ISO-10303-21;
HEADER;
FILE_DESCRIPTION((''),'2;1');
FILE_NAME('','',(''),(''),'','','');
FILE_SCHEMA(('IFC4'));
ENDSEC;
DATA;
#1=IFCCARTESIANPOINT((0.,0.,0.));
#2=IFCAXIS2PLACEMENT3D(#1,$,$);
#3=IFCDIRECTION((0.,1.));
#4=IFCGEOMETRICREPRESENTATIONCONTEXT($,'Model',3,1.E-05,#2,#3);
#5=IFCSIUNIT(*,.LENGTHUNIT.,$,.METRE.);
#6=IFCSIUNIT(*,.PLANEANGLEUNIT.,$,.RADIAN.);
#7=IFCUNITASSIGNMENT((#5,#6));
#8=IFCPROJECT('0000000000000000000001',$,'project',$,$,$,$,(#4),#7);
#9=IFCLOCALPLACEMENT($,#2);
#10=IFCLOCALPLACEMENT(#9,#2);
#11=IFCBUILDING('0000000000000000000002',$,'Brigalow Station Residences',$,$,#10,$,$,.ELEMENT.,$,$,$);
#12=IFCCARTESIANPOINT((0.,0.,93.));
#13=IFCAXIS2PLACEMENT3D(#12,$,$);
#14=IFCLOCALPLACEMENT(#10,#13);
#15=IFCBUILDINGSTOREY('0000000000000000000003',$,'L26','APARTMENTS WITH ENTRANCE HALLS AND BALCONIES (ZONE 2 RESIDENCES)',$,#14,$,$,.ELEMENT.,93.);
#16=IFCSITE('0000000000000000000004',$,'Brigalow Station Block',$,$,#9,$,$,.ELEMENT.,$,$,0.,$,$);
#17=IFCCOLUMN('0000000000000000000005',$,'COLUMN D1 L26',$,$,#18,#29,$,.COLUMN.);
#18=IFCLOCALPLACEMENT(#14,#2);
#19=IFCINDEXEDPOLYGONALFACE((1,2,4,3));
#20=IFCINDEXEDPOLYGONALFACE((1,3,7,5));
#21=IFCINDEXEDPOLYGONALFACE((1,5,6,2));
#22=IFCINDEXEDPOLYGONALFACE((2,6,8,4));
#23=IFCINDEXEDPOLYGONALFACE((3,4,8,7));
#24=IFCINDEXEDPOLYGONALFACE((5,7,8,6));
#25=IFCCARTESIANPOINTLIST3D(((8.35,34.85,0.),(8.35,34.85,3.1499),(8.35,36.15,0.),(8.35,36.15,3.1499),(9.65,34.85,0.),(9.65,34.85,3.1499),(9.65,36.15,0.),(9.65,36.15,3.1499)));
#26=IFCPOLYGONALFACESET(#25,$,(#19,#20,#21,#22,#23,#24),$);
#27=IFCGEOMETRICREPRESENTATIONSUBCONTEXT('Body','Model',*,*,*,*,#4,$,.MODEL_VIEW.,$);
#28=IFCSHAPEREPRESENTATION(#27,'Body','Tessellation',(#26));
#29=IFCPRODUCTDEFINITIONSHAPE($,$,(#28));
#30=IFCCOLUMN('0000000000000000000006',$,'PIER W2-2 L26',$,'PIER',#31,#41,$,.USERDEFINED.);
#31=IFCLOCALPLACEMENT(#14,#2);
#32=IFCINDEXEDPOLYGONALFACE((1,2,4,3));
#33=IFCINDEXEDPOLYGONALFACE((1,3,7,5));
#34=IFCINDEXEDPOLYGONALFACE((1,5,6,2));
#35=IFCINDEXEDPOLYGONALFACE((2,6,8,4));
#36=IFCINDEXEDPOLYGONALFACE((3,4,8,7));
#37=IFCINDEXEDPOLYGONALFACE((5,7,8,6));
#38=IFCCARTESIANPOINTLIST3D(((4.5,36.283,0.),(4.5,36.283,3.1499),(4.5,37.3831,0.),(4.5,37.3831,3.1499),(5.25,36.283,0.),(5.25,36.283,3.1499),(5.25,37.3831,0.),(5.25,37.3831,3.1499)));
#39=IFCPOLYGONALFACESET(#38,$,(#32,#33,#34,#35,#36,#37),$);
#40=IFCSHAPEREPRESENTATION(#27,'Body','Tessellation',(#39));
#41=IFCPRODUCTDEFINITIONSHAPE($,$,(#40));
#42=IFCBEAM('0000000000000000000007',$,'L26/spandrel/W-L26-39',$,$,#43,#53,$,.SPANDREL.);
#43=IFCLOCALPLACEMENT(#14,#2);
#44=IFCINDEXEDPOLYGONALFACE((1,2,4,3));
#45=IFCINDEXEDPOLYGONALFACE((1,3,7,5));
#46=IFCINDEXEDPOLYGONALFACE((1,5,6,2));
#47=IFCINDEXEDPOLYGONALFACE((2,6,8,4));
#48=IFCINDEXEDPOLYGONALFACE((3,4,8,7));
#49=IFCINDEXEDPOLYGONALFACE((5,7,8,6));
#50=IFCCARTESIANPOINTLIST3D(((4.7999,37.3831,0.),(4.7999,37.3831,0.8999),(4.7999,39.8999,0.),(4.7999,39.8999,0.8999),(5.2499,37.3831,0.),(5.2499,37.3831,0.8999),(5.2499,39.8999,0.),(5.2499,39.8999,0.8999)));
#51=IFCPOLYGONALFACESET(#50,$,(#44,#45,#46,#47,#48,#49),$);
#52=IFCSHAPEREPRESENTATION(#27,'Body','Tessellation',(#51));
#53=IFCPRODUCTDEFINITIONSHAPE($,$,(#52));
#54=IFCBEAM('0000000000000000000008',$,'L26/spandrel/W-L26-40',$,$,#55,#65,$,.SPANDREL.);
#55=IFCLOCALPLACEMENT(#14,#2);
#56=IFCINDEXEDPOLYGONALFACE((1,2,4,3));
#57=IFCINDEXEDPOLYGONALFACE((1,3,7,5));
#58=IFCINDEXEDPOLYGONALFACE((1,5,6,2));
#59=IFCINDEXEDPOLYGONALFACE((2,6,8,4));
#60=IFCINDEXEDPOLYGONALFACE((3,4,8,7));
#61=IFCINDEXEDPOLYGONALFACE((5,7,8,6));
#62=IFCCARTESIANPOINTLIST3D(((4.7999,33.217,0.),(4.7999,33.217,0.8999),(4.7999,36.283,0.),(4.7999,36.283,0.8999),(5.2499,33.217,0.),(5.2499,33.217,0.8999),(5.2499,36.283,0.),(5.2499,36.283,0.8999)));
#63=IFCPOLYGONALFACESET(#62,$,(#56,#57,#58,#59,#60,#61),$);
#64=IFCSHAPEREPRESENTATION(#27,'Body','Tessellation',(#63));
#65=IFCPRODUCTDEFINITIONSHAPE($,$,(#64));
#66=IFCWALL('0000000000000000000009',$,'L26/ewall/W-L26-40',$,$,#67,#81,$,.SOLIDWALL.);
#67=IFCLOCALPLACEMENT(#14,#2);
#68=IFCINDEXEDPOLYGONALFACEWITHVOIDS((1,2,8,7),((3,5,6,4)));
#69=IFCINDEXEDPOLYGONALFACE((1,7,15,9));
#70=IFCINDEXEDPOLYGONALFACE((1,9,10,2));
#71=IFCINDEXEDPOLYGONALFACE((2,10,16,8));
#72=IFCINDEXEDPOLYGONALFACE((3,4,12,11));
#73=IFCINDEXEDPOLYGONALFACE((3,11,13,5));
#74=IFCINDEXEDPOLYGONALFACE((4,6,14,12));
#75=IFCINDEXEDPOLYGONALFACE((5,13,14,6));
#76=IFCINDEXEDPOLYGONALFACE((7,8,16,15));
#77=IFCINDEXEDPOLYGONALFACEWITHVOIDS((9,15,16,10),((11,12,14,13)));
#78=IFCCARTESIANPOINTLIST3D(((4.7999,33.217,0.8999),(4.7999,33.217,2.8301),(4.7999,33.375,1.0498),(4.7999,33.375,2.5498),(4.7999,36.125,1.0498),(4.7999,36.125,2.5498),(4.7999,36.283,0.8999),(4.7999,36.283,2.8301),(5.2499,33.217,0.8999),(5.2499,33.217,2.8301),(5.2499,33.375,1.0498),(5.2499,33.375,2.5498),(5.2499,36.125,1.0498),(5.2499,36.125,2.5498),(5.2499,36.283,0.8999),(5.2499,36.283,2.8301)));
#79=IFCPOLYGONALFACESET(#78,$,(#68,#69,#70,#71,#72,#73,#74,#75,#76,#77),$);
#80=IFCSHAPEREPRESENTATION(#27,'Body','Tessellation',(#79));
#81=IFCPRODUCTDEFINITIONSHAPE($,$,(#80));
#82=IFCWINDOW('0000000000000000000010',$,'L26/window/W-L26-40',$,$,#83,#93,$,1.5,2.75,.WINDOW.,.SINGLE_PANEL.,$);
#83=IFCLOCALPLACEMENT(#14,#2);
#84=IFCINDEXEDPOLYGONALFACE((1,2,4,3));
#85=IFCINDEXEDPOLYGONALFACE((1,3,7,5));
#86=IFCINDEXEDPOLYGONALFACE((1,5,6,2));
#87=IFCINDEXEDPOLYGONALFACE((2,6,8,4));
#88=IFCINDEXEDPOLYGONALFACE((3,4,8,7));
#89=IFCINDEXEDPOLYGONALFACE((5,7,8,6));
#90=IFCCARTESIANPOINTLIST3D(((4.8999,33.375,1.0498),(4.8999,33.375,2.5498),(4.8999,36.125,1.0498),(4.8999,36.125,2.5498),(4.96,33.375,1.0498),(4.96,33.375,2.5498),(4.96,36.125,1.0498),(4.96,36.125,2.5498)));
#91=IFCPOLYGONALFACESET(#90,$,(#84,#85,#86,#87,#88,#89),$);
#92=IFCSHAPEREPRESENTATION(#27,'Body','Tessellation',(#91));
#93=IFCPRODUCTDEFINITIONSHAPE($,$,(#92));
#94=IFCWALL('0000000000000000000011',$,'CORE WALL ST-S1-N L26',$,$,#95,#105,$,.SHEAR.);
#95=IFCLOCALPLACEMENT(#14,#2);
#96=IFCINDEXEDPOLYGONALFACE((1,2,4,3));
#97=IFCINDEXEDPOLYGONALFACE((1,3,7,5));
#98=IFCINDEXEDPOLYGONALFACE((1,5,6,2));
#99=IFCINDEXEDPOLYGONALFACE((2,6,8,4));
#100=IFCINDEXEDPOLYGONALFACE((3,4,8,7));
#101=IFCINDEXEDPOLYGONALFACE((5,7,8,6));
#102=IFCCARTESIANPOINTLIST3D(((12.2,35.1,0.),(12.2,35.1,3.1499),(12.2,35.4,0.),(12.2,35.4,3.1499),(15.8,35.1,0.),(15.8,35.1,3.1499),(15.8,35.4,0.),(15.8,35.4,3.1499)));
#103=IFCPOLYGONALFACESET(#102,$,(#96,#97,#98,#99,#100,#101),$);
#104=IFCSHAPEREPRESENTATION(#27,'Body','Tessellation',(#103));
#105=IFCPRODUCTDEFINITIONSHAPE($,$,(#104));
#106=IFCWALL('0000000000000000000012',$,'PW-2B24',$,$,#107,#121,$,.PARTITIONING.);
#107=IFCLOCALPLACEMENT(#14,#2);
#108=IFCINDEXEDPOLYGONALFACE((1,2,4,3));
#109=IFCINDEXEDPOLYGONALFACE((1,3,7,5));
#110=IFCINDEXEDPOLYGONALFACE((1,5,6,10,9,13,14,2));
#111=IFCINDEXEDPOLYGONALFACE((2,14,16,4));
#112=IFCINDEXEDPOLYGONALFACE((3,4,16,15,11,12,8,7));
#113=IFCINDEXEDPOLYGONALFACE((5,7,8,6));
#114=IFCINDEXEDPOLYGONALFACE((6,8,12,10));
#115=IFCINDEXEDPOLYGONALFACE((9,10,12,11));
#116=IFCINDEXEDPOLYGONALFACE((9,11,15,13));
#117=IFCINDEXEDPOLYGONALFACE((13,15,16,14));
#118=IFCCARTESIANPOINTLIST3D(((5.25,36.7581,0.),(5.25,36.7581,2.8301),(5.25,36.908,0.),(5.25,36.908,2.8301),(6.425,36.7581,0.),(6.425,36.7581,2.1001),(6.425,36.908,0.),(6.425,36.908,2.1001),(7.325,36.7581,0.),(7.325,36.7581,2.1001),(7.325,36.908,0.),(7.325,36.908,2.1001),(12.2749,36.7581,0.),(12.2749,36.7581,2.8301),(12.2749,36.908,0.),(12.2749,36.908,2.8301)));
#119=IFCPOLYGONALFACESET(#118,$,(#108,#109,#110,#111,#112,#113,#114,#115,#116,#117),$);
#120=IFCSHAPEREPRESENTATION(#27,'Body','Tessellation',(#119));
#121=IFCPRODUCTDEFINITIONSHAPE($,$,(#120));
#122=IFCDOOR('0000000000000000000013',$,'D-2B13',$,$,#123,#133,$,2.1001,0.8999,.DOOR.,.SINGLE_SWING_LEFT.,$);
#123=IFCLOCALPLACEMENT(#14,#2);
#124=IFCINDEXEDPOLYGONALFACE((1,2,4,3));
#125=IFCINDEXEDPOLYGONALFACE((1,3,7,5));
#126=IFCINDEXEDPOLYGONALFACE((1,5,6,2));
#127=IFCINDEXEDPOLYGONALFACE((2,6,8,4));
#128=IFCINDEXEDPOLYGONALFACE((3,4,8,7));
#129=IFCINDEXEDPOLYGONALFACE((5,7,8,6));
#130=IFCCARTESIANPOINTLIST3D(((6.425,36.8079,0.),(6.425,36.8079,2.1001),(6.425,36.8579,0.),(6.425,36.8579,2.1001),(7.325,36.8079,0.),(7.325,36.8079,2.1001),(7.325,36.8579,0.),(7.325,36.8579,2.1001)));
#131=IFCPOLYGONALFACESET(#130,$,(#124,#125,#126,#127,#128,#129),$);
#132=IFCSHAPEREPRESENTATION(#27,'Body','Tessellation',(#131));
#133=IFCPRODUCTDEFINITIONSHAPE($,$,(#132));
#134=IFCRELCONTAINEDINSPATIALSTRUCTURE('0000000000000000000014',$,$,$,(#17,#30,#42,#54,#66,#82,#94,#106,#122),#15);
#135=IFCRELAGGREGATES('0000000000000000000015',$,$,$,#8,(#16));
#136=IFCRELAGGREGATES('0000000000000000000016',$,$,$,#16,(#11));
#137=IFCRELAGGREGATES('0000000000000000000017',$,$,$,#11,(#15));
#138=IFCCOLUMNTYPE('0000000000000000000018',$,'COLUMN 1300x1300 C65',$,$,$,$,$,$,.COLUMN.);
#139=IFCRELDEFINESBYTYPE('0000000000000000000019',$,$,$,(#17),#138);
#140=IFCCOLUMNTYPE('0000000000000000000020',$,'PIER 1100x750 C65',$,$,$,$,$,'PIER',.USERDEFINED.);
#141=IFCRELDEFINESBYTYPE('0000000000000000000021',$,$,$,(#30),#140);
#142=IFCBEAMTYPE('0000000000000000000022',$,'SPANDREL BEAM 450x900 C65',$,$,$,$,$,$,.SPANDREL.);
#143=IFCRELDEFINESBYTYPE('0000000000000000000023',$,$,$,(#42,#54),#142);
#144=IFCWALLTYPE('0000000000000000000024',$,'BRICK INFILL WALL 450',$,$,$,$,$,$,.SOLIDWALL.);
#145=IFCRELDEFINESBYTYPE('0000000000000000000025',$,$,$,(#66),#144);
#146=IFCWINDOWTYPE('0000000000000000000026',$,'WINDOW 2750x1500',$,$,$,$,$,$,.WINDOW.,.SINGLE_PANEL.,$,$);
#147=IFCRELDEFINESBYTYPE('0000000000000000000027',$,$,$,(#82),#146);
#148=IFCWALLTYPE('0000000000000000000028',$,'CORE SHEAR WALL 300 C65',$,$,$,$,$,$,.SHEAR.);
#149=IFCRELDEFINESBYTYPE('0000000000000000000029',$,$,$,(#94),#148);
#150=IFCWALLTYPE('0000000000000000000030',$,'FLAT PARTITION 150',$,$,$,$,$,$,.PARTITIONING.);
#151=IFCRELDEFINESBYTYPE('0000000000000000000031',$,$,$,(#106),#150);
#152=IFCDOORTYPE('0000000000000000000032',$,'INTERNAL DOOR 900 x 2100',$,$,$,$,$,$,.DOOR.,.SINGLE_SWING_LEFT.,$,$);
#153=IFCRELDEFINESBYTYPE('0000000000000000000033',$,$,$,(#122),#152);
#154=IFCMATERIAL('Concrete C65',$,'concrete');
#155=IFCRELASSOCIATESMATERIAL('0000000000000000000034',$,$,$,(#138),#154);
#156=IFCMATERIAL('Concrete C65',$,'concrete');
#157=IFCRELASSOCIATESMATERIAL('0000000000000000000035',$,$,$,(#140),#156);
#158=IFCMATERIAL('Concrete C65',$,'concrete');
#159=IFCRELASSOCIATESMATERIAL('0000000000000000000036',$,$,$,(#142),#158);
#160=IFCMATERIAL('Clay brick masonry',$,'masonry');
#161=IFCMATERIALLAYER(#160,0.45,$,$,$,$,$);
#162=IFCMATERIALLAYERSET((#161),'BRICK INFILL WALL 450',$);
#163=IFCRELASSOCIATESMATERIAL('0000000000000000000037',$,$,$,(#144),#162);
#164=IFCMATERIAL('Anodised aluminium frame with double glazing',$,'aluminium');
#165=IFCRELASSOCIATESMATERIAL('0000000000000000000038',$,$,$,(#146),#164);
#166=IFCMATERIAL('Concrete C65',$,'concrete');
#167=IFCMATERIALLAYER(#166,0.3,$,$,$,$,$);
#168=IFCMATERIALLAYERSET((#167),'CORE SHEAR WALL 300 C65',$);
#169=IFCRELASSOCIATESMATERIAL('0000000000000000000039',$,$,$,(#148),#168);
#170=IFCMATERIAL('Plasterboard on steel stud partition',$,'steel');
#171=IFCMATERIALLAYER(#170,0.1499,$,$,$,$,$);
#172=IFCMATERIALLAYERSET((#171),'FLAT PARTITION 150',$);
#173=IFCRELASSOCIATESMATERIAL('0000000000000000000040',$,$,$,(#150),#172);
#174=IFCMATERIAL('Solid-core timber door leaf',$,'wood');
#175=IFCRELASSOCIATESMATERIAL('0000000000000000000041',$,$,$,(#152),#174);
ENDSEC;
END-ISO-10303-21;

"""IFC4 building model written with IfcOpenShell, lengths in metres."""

from ifc_helpers import new_model, si_unit, direction, frame, frame_2d, origin, origin_2d, place, context, subcontext, project, spatial, rectangle, extrude, material, layer, layer_set, material_profile, profile_set, type_object, element, fill, save


model = new_model("IFC4")

# Units and contexts
model_context = context("Model", 3, precision=1e-05, world=origin(), true_north=direction((0.0, 1.0)))
body_context = subcontext(model_context, "Body", "Model", "MODEL_VIEW")
ifc_project = project(units=[si_unit("LENGTHUNIT", "METRE"), si_unit("PLANEANGLEUNIT", "RADIAN")], contexts=[model_context])

# Site, building, storey
site_placement = place(None, origin())
site = spatial("IfcSite", under=ifc_project, at=site_placement, Name="Brigalow Station Block", CompositionType="ELEMENT", RefElevation=0.0)
building_placement = place(site_placement, origin())
building = spatial("IfcBuilding", under=site, at=building_placement, Name="Brigalow Station Residences", CompositionType="ELEMENT")
storey_placement = place(building_placement, frame((0.0, 0.0, 93.0)))
storey = spatial("IfcBuildingStorey", under=building, at=storey_placement, Name="L26", Description="APARTMENTS WITH ENTRANCE HALLS AND BALCONIES (ZONE 2 RESIDENCES)", CompositionType="ELEMENT", Elevation=93.0)

# Columns
ifc_material_1 = material(Name="Concrete C65", Category="concrete")
ifc_material_profile_1 = material_profile(ifc_material_1, rectangle(XDim=1.3, YDim=1.3, at=origin_2d()), Name="RC1300x1300")
ifc_profile_set_1 = profile_set([ifc_material_profile_1], Name="Concrete C65")
column_type_1 = type_object("IfcColumnType", Name="COLUMN 1300x1300 C65", PredefinedType="COLUMN", material=ifc_profile_set_1)
column_1_placement = place(storey_placement, frame((9.0, 35.5, 0.0), z_axis=(0.0, 0.0, 1.0), x_axis=(1.0, 0.0, 0.0)))
element("IfcColumn", 1, at=column_1_placement, inside=storey, type_object=column_type_1, Name="COLUMN D1 L26", PredefinedType="COLUMN", context=body_context, shape_type="SweptSolid", body=[
    extrude(rectangle(XDim=1.3, YDim=1.3, at=origin_2d()), origin(), (0.0, 0.0, 1.0), 3.1499),
])
ifc_material_2 = material(Name="Concrete C65", Category="concrete")
ifc_material_profile_2 = material_profile(ifc_material_2, rectangle(XDim=1.1001, YDim=0.75, at=origin_2d()), Name="RC1100x750")
ifc_profile_set_2 = profile_set([ifc_material_profile_2], Name="Concrete C65")
column_type_2 = type_object("IfcColumnType", Name="PIER 1100x750 C65", ElementType="PIER", PredefinedType="USERDEFINED", material=ifc_profile_set_2)
column_2_placement = place(storey_placement, frame((4.875, 36.833, 0.0), z_axis=(0.0, 0.0, 1.0), x_axis=(0.0, -1.0, 0.0)))
element("IfcColumn", 2, at=column_2_placement, inside=storey, type_object=column_type_2, Name="PIER W2-2 L26", ObjectType="PIER", PredefinedType="USERDEFINED", context=body_context, shape_type="SweptSolid", body=[
    extrude(rectangle(XDim=1.1001, YDim=0.75, at=origin_2d()), origin(), (0.0, 0.0, 1.0), 3.1499),
])

# Beams
ifc_material_3 = material(Name="Concrete C65", Category="concrete")
ifc_material_profile_3 = material_profile(ifc_material_3, rectangle(XDim=0.45, YDim=0.8999, at=origin_2d()), Name="RC450x900")
ifc_profile_set_3 = profile_set([ifc_material_profile_3], Name="Concrete C65")
beam_type = type_object("IfcBeamType", Name="SPANDREL BEAM 450x900 C65", PredefinedType="SPANDREL", material=ifc_profile_set_3)
beam_1_placement = place(storey_placement, frame((5.0249, 39.8999, 0.45), z_axis=(0.0, -1.0, 0.0), x_axis=(1.0, 0.0, 0.0)))
element("IfcBeam", 3, at=beam_1_placement, inside=storey, type_object=beam_type, Name="L26/spandrel/W-L26-39", PredefinedType="SPANDREL", context=body_context, shape_type="SweptSolid", body=[
    extrude(rectangle(XDim=0.45, YDim=0.8999, at=origin_2d()), origin(), (0.0, 0.0, 1.0), 2.5168),
])
beam_2_placement = place(storey_placement, frame((5.0249, 36.283, 0.45), z_axis=(0.0, -1.0, 0.0), x_axis=(1.0, 0.0, 0.0)))
element("IfcBeam", 4, at=beam_2_placement, inside=storey, type_object=beam_type, Name="L26/spandrel/W-L26-40", PredefinedType="SPANDREL", context=body_context, shape_type="SweptSolid", body=[
    extrude(rectangle(XDim=0.45, YDim=0.8999, at=origin_2d()), origin(), (0.0, 0.0, 1.0), 3.0659),
])

# Wall, opening, window
ifc_material_4 = material(Name="Clay brick masonry", Category="masonry")
ifc_layer_1 = layer(ifc_material_4, 0.45)
ifc_layer_set_1 = layer_set([ifc_layer_1], Name="BRICK INFILL WALL 450")
wall_type_1 = type_object("IfcWallType", Name="BRICK INFILL WALL 450", PredefinedType="SOLIDWALL", material=ifc_layer_set_1)
wall_1_placement = place(storey_placement, frame((5.0249, 36.283, 0.8999), z_axis=(0.0, 0.0, 1.0), x_axis=(0.0, -1.0, 0.0)))
wall_1 = element("IfcWall", 5, at=wall_1_placement, inside=storey, type_object=wall_type_1, Name="L26/ewall/W-L26-40", PredefinedType="SOLIDWALL", context=body_context, shape_type="SweptSolid", body=[
    extrude(rectangle(XDim=3.0659, YDim=0.45, at=frame_2d((1.533, 0.0))), origin(), (0.0, 0.0, 1.0), 1.9302),
])
opening_1_placement = place(wall_1_placement, frame((0.158, 0.0, 0.1499)))
opening_1 = element("IfcOpeningElement", 6, at=opening_1_placement, cuts=wall_1, PredefinedType="OPENING", context=body_context, shape_type="SweptSolid", body=[
    extrude(rectangle(XDim=2.75, YDim=1.5, at=frame_2d((1.375, 0.75))), frame((0.0, 0.2349, 0.0), z_axis=(0.0, -1.0, 0.0), x_axis=(1.0, 0.0, 0.0)), (0.0, 0.0, 1.0), 0.47),
])
ifc_material_5 = material(Name="Anodised aluminium frame with double glazing", Category="aluminium")
window_type = type_object("IfcWindowType", Name="WINDOW 2750x1500", PartitioningType="SINGLE_PANEL", PredefinedType="WINDOW", material=ifc_material_5)
window_placement = place(opening_1_placement, origin())
window = element("IfcWindow", 7, at=window_placement, inside=storey, type_object=window_type, Name="L26/window/W-L26-40", OverallHeight=1.5, OverallWidth=2.75, PartitioningType="SINGLE_PANEL", PredefinedType="WINDOW", context=body_context, shape_type="SweptSolid", body=[
    extrude(rectangle(XDim=2.75, YDim=1.5, at=frame_2d((1.375, 0.75))), frame((0.0, -0.0649, 0.0), z_axis=(0.0, -1.0, 0.0), x_axis=(1.0, 0.0, 0.0)), (0.0, 0.0, 1.0), 0.0601),
])
fill(opening_1, window)

# Wall
ifc_material_6 = material(Name="Concrete C65", Category="concrete")
ifc_layer_2 = layer(ifc_material_6, 0.3)
ifc_layer_set_2 = layer_set([ifc_layer_2], Name="CORE SHEAR WALL 300 C65")
wall_type_2 = type_object("IfcWallType", Name="CORE SHEAR WALL 300 C65", PredefinedType="SHEAR", material=ifc_layer_set_2)
wall_2_placement = place(storey_placement, frame((12.2, 35.25, 0.0), z_axis=(0.0, 0.0, 1.0), x_axis=(1.0, 0.0, 0.0)))
element("IfcWall", 8, at=wall_2_placement, inside=storey, type_object=wall_type_2, Name="CORE WALL ST-S1-N L26", PredefinedType="SHEAR", context=body_context, shape_type="SweptSolid", body=[
    extrude(rectangle(XDim=3.6001, YDim=0.3, at=frame_2d((1.8, 0.0))), origin(), (0.0, 0.0, 1.0), 3.1499),
])

# Wall, opening, door
ifc_material_7 = material(Name="Plasterboard on steel stud partition", Category="steel")
ifc_layer_3 = layer(ifc_material_7, 0.1499)
ifc_layer_set_3 = layer_set([ifc_layer_3], Name="FLAT PARTITION 150")
wall_type_3 = type_object("IfcWallType", Name="FLAT PARTITION 150", PredefinedType="PARTITIONING", material=ifc_layer_set_3)
wall_3_placement = place(storey_placement, frame((5.25, 36.833, 0.0), z_axis=(0.0, 0.0, 1.0), x_axis=(1.0, 0.0, 0.0)))
wall_3 = element("IfcWall", 9, at=wall_3_placement, inside=storey, type_object=wall_type_3, Name="PW-2B24", PredefinedType="PARTITIONING", context=body_context, shape_type="SweptSolid", body=[
    extrude(rectangle(XDim=7.0249, YDim=0.1499, at=frame_2d((3.5125, 0.0))), origin(), (0.0, 0.0, 1.0), 2.8301),
])
opening_2_placement = place(wall_3_placement, frame((1.175, 0.0, 0.0)))
opening_2 = element("IfcOpeningElement", 10, at=opening_2_placement, cuts=wall_3, PredefinedType="OPENING", context=body_context, shape_type="SweptSolid", body=[
    extrude(rectangle(XDim=0.8999, YDim=2.1001, at=frame_2d((0.45, 1.05))), frame((0.0, 0.085, 0.0), z_axis=(0.0, -1.0, 0.0), x_axis=(1.0, 0.0, 0.0)), (0.0, 0.0, 1.0), 0.1699),
])
ifc_material_8 = material(Name="Solid-core timber door leaf", Category="wood")
door_type = type_object("IfcDoorType", Name="INTERNAL DOOR 900 x 2100", OperationType="SINGLE_SWING_LEFT", PredefinedType="DOOR", material=ifc_material_8)
door_1_placement = place(opening_2_placement, origin())
door_1 = element("IfcDoor", 11, at=door_1_placement, inside=storey, type_object=door_type, Name="D-2B13", OperationType="SINGLE_SWING_LEFT", OverallHeight=2.1001, OverallWidth=0.8999, PredefinedType="DOOR", context=body_context, shape_type="SweptSolid", body=[
    extrude(rectangle(XDim=0.8999, YDim=2.1001, at=frame_2d((0.45, 1.05))), frame((0.0, 0.0249, 0.0), z_axis=(0.0, -1.0, 0.0), x_axis=(1.0, 0.0, 0.0)), (0.0, 0.0, 1.0), 0.05),
])
fill(opening_2, door_1)

save(model, "model.ifc")
